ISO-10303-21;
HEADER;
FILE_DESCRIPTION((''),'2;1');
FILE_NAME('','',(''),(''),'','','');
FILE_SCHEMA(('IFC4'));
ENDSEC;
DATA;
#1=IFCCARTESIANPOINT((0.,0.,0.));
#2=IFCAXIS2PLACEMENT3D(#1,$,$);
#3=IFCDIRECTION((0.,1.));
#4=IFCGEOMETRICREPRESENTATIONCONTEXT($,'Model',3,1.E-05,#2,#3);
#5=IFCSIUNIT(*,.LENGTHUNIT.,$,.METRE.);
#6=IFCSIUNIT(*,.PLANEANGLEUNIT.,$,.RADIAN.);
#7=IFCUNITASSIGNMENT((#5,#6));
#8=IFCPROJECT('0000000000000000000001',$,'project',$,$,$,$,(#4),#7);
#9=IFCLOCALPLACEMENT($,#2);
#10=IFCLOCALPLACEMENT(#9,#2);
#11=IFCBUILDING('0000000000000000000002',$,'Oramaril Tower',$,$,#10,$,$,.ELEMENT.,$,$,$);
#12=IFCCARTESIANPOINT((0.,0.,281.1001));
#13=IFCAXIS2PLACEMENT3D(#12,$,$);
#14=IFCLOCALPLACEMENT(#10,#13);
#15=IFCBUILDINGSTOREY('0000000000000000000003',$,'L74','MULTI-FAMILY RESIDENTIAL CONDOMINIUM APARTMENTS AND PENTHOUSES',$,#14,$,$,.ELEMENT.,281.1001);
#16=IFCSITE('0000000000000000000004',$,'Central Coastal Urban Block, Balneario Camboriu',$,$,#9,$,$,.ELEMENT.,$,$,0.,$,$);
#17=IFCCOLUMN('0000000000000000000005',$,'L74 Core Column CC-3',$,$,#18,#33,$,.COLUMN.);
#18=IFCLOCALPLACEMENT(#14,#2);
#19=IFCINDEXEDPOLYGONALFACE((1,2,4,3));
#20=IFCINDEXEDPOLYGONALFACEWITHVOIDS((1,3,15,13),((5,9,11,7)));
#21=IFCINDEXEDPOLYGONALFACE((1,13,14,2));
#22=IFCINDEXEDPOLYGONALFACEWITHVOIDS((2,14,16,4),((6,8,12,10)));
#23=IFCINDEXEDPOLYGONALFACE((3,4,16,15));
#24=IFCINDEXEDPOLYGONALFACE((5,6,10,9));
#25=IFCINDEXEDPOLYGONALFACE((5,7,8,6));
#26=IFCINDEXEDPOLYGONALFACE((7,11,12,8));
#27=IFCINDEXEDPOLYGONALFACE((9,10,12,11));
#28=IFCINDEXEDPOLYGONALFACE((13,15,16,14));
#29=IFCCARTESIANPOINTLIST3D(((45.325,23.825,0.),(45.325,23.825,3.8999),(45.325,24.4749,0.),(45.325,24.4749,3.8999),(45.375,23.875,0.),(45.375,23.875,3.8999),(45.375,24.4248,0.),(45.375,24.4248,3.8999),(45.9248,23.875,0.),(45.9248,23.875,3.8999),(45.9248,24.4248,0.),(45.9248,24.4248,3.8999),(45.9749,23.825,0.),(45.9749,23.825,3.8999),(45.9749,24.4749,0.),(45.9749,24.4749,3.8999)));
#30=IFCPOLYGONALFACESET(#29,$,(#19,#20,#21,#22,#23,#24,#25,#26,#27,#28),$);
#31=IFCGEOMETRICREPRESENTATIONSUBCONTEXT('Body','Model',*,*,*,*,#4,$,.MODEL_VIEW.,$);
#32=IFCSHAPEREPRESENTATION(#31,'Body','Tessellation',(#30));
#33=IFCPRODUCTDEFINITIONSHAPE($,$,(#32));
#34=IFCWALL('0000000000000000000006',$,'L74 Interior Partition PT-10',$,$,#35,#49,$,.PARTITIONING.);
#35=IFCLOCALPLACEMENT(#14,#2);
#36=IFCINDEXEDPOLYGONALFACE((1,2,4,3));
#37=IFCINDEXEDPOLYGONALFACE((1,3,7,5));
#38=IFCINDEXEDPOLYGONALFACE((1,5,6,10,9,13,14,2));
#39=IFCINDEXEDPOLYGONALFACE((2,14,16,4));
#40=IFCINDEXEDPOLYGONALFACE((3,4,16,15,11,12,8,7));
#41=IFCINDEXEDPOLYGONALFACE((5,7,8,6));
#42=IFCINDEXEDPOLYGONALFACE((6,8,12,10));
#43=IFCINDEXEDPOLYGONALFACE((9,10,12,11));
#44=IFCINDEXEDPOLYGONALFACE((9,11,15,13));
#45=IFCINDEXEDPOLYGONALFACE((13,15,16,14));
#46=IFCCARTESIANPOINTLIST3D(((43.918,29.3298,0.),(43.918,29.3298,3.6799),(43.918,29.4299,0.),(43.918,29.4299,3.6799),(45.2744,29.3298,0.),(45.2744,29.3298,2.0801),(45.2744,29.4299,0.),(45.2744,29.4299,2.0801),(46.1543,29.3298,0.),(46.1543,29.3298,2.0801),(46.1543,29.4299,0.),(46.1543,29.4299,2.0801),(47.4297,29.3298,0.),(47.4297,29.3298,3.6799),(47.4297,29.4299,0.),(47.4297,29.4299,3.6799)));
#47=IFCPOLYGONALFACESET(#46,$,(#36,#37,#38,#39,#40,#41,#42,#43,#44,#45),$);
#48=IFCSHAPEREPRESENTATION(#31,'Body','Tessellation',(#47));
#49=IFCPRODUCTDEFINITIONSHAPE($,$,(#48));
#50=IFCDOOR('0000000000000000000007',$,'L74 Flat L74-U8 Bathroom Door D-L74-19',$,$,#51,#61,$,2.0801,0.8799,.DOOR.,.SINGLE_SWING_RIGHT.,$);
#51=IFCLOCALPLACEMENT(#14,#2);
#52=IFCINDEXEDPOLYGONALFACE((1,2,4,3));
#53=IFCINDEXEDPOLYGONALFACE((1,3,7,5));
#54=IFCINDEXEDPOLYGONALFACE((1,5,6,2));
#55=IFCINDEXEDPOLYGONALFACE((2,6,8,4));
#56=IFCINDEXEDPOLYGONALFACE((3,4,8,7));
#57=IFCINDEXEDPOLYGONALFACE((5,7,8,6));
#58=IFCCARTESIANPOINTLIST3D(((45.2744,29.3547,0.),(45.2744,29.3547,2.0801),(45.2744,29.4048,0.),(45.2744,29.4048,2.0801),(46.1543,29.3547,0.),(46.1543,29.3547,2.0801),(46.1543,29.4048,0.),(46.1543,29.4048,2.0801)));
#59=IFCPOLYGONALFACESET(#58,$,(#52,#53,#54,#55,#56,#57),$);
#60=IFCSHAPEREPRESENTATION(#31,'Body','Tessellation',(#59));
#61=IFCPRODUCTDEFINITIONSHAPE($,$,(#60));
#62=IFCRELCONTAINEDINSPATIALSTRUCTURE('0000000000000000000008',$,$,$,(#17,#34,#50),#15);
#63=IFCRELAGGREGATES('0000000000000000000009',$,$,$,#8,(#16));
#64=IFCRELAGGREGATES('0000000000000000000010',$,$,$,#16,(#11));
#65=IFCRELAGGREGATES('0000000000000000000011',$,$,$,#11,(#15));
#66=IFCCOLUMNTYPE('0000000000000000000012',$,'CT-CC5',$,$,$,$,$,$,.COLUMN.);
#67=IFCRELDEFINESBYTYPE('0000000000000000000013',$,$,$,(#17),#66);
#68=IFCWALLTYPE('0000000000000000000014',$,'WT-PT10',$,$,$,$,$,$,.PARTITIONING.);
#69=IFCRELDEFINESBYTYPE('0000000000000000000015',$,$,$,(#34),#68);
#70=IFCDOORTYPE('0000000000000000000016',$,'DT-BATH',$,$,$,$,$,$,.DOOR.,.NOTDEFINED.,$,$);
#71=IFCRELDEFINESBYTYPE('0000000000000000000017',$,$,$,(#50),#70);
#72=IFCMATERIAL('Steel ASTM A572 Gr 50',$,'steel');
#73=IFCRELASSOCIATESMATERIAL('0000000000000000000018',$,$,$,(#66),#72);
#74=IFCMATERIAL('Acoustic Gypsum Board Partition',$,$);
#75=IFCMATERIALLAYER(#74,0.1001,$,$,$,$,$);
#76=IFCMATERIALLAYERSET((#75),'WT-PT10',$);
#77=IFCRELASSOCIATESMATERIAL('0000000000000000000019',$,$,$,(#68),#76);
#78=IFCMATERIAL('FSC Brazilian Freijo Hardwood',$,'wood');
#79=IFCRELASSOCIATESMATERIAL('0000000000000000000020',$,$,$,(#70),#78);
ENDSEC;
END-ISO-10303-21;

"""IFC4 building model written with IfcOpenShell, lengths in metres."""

from ifc_helpers import new_model, si_unit, direction, frame, frame_2d, origin, origin_2d, place, context, subcontext, project, spatial, rectangle, hollow_rectangle, extrude, material, layer, layer_set, material_profile, profile_set, type_object, element, fill, save


model = new_model("IFC4")

# Units and contexts
model_context = context("Model", 3, precision=1e-05, world=origin(), true_north=direction((0.0, 1.0)))
body_context = subcontext(model_context, "Body", "Model", "MODEL_VIEW")
ifc_project = project(units=[si_unit("LENGTHUNIT", "METRE"), si_unit("PLANEANGLEUNIT", "RADIAN")], contexts=[model_context])

# Site, building, storey
site_placement = place(None, origin())
site = spatial("IfcSite", under=ifc_project, at=site_placement, Name="Central Coastal Urban Block, Balneario Camboriu", CompositionType="ELEMENT", RefElevation=0.0)
building_placement = place(site_placement, origin())
building = spatial("IfcBuilding", under=site, at=building_placement, Name="Oramaril Tower", CompositionType="ELEMENT")
storey_placement = place(building_placement, frame((0.0, 0.0, 281.1001)))
storey = spatial("IfcBuildingStorey", under=building, at=storey_placement, Name="L74", Description="MULTI-FAMILY RESIDENTIAL CONDOMINIUM APARTMENTS AND PENTHOUSES", CompositionType="ELEMENT", Elevation=281.1001)

# Column
ifc_material_1 = material(Name="Steel ASTM A572 Gr 50", Category="steel")
ifc_material_profile = material_profile(ifc_material_1, hollow_rectangle(XDim=0.6499, YDim=0.6499, WallThickness=0.05, at=origin_2d()), Name="BOX650X650X50")
ifc_profile_set = profile_set([ifc_material_profile], Name="Steel ASTM A572 Gr 50")
column_type = type_object("IfcColumnType", Name="CT-CC5", PredefinedType="COLUMN", material=ifc_profile_set)
column_placement = place(storey_placement, frame((45.6499, 24.1499, 0.0), z_axis=(0.0, 0.0, 1.0), x_axis=(1.0, 0.0, 0.0)))
element("IfcColumn", 1, at=column_placement, inside=storey, type_object=column_type, Name="L74 Core Column CC-3", PredefinedType="COLUMN", context=body_context, shape_type="SweptSolid", body=[
    extrude(hollow_rectangle(XDim=0.6499, YDim=0.6499, WallThickness=0.05, at=origin_2d()), origin(), (0.0, 0.0, 1.0), 3.8999),
])

# Wall, opening, door
ifc_material_2 = material(Name="Acoustic Gypsum Board Partition")
ifc_layer_1 = layer(ifc_material_2, 0.1001)
ifc_layer_set_1 = layer_set([ifc_layer_1], Name="WT-PT10")
wall_type_1 = type_object("IfcWallType", Name="WT-PT10", PredefinedType="PARTITIONING", material=ifc_layer_set_1)
wall_1_placement = place(storey_placement, frame((43.918, 29.3799, 0.0), z_axis=(0.0, 0.0, 1.0), x_axis=(1.0, 0.0, 0.0)))
wall_1 = element("IfcWall", 2, at=wall_1_placement, inside=storey, type_object=wall_type_1, Name="L74 Interior Partition PT-10", PredefinedType="PARTITIONING", context=body_context, shape_type="SweptSolid", body=[
    extrude(rectangle(XDim=3.5117, YDim=0.1001, at=frame_2d((1.7559, 0.0))), origin(), (0.0, 0.0, 1.0), 3.6799),
])
opening_1_placement = place(wall_1_placement, frame((1.3564, 0.0, 0.0)))
opening_1 = element("IfcOpeningElement", 3, at=opening_1_placement, cuts=wall_1, PredefinedType="OPENING", context=body_context, shape_type="SweptSolid", body=[
    extrude(rectangle(XDim=0.8799, YDim=2.0801, at=frame_2d((0.4399, 1.04))), frame((0.0, 0.05, 0.0), z_axis=(0.0, -1.0, 0.0), x_axis=(1.0, 0.0, 0.0)), (0.0, 0.0, 1.0), 0.1001),
])
ifc_material_3 = material(Name="FSC Brazilian Freijo Hardwood", Category="wood")
door_type_1 = type_object("IfcDoorType", Name="DT-BATH", OperationType="NOTDEFINED", PredefinedType="DOOR", material=ifc_material_3)
door_1_placement = place(opening_1_placement, origin())
door_1 = element("IfcDoor", 4, at=door_1_placement, inside=storey, type_object=door_type_1, Name="L74 Flat L74-U8 Bathroom Door D-L74-19", OperationType="SINGLE_SWING_RIGHT", OverallHeight=2.0801, OverallWidth=0.8799, PredefinedType="DOOR", context=body_context, shape_type="SweptSolid", body=[
    extrude(rectangle(XDim=0.8799, YDim=2.0801, at=frame_2d((0.4399, 1.04))), frame((0.0, 0.0249, 0.0), z_axis=(0.0, -1.0, 0.0), x_axis=(1.0, 0.0, 0.0)), (0.0, 0.0, 1.0), 0.05),
])
fill(opening_1, door_1)

save(model, "model.ifc")
